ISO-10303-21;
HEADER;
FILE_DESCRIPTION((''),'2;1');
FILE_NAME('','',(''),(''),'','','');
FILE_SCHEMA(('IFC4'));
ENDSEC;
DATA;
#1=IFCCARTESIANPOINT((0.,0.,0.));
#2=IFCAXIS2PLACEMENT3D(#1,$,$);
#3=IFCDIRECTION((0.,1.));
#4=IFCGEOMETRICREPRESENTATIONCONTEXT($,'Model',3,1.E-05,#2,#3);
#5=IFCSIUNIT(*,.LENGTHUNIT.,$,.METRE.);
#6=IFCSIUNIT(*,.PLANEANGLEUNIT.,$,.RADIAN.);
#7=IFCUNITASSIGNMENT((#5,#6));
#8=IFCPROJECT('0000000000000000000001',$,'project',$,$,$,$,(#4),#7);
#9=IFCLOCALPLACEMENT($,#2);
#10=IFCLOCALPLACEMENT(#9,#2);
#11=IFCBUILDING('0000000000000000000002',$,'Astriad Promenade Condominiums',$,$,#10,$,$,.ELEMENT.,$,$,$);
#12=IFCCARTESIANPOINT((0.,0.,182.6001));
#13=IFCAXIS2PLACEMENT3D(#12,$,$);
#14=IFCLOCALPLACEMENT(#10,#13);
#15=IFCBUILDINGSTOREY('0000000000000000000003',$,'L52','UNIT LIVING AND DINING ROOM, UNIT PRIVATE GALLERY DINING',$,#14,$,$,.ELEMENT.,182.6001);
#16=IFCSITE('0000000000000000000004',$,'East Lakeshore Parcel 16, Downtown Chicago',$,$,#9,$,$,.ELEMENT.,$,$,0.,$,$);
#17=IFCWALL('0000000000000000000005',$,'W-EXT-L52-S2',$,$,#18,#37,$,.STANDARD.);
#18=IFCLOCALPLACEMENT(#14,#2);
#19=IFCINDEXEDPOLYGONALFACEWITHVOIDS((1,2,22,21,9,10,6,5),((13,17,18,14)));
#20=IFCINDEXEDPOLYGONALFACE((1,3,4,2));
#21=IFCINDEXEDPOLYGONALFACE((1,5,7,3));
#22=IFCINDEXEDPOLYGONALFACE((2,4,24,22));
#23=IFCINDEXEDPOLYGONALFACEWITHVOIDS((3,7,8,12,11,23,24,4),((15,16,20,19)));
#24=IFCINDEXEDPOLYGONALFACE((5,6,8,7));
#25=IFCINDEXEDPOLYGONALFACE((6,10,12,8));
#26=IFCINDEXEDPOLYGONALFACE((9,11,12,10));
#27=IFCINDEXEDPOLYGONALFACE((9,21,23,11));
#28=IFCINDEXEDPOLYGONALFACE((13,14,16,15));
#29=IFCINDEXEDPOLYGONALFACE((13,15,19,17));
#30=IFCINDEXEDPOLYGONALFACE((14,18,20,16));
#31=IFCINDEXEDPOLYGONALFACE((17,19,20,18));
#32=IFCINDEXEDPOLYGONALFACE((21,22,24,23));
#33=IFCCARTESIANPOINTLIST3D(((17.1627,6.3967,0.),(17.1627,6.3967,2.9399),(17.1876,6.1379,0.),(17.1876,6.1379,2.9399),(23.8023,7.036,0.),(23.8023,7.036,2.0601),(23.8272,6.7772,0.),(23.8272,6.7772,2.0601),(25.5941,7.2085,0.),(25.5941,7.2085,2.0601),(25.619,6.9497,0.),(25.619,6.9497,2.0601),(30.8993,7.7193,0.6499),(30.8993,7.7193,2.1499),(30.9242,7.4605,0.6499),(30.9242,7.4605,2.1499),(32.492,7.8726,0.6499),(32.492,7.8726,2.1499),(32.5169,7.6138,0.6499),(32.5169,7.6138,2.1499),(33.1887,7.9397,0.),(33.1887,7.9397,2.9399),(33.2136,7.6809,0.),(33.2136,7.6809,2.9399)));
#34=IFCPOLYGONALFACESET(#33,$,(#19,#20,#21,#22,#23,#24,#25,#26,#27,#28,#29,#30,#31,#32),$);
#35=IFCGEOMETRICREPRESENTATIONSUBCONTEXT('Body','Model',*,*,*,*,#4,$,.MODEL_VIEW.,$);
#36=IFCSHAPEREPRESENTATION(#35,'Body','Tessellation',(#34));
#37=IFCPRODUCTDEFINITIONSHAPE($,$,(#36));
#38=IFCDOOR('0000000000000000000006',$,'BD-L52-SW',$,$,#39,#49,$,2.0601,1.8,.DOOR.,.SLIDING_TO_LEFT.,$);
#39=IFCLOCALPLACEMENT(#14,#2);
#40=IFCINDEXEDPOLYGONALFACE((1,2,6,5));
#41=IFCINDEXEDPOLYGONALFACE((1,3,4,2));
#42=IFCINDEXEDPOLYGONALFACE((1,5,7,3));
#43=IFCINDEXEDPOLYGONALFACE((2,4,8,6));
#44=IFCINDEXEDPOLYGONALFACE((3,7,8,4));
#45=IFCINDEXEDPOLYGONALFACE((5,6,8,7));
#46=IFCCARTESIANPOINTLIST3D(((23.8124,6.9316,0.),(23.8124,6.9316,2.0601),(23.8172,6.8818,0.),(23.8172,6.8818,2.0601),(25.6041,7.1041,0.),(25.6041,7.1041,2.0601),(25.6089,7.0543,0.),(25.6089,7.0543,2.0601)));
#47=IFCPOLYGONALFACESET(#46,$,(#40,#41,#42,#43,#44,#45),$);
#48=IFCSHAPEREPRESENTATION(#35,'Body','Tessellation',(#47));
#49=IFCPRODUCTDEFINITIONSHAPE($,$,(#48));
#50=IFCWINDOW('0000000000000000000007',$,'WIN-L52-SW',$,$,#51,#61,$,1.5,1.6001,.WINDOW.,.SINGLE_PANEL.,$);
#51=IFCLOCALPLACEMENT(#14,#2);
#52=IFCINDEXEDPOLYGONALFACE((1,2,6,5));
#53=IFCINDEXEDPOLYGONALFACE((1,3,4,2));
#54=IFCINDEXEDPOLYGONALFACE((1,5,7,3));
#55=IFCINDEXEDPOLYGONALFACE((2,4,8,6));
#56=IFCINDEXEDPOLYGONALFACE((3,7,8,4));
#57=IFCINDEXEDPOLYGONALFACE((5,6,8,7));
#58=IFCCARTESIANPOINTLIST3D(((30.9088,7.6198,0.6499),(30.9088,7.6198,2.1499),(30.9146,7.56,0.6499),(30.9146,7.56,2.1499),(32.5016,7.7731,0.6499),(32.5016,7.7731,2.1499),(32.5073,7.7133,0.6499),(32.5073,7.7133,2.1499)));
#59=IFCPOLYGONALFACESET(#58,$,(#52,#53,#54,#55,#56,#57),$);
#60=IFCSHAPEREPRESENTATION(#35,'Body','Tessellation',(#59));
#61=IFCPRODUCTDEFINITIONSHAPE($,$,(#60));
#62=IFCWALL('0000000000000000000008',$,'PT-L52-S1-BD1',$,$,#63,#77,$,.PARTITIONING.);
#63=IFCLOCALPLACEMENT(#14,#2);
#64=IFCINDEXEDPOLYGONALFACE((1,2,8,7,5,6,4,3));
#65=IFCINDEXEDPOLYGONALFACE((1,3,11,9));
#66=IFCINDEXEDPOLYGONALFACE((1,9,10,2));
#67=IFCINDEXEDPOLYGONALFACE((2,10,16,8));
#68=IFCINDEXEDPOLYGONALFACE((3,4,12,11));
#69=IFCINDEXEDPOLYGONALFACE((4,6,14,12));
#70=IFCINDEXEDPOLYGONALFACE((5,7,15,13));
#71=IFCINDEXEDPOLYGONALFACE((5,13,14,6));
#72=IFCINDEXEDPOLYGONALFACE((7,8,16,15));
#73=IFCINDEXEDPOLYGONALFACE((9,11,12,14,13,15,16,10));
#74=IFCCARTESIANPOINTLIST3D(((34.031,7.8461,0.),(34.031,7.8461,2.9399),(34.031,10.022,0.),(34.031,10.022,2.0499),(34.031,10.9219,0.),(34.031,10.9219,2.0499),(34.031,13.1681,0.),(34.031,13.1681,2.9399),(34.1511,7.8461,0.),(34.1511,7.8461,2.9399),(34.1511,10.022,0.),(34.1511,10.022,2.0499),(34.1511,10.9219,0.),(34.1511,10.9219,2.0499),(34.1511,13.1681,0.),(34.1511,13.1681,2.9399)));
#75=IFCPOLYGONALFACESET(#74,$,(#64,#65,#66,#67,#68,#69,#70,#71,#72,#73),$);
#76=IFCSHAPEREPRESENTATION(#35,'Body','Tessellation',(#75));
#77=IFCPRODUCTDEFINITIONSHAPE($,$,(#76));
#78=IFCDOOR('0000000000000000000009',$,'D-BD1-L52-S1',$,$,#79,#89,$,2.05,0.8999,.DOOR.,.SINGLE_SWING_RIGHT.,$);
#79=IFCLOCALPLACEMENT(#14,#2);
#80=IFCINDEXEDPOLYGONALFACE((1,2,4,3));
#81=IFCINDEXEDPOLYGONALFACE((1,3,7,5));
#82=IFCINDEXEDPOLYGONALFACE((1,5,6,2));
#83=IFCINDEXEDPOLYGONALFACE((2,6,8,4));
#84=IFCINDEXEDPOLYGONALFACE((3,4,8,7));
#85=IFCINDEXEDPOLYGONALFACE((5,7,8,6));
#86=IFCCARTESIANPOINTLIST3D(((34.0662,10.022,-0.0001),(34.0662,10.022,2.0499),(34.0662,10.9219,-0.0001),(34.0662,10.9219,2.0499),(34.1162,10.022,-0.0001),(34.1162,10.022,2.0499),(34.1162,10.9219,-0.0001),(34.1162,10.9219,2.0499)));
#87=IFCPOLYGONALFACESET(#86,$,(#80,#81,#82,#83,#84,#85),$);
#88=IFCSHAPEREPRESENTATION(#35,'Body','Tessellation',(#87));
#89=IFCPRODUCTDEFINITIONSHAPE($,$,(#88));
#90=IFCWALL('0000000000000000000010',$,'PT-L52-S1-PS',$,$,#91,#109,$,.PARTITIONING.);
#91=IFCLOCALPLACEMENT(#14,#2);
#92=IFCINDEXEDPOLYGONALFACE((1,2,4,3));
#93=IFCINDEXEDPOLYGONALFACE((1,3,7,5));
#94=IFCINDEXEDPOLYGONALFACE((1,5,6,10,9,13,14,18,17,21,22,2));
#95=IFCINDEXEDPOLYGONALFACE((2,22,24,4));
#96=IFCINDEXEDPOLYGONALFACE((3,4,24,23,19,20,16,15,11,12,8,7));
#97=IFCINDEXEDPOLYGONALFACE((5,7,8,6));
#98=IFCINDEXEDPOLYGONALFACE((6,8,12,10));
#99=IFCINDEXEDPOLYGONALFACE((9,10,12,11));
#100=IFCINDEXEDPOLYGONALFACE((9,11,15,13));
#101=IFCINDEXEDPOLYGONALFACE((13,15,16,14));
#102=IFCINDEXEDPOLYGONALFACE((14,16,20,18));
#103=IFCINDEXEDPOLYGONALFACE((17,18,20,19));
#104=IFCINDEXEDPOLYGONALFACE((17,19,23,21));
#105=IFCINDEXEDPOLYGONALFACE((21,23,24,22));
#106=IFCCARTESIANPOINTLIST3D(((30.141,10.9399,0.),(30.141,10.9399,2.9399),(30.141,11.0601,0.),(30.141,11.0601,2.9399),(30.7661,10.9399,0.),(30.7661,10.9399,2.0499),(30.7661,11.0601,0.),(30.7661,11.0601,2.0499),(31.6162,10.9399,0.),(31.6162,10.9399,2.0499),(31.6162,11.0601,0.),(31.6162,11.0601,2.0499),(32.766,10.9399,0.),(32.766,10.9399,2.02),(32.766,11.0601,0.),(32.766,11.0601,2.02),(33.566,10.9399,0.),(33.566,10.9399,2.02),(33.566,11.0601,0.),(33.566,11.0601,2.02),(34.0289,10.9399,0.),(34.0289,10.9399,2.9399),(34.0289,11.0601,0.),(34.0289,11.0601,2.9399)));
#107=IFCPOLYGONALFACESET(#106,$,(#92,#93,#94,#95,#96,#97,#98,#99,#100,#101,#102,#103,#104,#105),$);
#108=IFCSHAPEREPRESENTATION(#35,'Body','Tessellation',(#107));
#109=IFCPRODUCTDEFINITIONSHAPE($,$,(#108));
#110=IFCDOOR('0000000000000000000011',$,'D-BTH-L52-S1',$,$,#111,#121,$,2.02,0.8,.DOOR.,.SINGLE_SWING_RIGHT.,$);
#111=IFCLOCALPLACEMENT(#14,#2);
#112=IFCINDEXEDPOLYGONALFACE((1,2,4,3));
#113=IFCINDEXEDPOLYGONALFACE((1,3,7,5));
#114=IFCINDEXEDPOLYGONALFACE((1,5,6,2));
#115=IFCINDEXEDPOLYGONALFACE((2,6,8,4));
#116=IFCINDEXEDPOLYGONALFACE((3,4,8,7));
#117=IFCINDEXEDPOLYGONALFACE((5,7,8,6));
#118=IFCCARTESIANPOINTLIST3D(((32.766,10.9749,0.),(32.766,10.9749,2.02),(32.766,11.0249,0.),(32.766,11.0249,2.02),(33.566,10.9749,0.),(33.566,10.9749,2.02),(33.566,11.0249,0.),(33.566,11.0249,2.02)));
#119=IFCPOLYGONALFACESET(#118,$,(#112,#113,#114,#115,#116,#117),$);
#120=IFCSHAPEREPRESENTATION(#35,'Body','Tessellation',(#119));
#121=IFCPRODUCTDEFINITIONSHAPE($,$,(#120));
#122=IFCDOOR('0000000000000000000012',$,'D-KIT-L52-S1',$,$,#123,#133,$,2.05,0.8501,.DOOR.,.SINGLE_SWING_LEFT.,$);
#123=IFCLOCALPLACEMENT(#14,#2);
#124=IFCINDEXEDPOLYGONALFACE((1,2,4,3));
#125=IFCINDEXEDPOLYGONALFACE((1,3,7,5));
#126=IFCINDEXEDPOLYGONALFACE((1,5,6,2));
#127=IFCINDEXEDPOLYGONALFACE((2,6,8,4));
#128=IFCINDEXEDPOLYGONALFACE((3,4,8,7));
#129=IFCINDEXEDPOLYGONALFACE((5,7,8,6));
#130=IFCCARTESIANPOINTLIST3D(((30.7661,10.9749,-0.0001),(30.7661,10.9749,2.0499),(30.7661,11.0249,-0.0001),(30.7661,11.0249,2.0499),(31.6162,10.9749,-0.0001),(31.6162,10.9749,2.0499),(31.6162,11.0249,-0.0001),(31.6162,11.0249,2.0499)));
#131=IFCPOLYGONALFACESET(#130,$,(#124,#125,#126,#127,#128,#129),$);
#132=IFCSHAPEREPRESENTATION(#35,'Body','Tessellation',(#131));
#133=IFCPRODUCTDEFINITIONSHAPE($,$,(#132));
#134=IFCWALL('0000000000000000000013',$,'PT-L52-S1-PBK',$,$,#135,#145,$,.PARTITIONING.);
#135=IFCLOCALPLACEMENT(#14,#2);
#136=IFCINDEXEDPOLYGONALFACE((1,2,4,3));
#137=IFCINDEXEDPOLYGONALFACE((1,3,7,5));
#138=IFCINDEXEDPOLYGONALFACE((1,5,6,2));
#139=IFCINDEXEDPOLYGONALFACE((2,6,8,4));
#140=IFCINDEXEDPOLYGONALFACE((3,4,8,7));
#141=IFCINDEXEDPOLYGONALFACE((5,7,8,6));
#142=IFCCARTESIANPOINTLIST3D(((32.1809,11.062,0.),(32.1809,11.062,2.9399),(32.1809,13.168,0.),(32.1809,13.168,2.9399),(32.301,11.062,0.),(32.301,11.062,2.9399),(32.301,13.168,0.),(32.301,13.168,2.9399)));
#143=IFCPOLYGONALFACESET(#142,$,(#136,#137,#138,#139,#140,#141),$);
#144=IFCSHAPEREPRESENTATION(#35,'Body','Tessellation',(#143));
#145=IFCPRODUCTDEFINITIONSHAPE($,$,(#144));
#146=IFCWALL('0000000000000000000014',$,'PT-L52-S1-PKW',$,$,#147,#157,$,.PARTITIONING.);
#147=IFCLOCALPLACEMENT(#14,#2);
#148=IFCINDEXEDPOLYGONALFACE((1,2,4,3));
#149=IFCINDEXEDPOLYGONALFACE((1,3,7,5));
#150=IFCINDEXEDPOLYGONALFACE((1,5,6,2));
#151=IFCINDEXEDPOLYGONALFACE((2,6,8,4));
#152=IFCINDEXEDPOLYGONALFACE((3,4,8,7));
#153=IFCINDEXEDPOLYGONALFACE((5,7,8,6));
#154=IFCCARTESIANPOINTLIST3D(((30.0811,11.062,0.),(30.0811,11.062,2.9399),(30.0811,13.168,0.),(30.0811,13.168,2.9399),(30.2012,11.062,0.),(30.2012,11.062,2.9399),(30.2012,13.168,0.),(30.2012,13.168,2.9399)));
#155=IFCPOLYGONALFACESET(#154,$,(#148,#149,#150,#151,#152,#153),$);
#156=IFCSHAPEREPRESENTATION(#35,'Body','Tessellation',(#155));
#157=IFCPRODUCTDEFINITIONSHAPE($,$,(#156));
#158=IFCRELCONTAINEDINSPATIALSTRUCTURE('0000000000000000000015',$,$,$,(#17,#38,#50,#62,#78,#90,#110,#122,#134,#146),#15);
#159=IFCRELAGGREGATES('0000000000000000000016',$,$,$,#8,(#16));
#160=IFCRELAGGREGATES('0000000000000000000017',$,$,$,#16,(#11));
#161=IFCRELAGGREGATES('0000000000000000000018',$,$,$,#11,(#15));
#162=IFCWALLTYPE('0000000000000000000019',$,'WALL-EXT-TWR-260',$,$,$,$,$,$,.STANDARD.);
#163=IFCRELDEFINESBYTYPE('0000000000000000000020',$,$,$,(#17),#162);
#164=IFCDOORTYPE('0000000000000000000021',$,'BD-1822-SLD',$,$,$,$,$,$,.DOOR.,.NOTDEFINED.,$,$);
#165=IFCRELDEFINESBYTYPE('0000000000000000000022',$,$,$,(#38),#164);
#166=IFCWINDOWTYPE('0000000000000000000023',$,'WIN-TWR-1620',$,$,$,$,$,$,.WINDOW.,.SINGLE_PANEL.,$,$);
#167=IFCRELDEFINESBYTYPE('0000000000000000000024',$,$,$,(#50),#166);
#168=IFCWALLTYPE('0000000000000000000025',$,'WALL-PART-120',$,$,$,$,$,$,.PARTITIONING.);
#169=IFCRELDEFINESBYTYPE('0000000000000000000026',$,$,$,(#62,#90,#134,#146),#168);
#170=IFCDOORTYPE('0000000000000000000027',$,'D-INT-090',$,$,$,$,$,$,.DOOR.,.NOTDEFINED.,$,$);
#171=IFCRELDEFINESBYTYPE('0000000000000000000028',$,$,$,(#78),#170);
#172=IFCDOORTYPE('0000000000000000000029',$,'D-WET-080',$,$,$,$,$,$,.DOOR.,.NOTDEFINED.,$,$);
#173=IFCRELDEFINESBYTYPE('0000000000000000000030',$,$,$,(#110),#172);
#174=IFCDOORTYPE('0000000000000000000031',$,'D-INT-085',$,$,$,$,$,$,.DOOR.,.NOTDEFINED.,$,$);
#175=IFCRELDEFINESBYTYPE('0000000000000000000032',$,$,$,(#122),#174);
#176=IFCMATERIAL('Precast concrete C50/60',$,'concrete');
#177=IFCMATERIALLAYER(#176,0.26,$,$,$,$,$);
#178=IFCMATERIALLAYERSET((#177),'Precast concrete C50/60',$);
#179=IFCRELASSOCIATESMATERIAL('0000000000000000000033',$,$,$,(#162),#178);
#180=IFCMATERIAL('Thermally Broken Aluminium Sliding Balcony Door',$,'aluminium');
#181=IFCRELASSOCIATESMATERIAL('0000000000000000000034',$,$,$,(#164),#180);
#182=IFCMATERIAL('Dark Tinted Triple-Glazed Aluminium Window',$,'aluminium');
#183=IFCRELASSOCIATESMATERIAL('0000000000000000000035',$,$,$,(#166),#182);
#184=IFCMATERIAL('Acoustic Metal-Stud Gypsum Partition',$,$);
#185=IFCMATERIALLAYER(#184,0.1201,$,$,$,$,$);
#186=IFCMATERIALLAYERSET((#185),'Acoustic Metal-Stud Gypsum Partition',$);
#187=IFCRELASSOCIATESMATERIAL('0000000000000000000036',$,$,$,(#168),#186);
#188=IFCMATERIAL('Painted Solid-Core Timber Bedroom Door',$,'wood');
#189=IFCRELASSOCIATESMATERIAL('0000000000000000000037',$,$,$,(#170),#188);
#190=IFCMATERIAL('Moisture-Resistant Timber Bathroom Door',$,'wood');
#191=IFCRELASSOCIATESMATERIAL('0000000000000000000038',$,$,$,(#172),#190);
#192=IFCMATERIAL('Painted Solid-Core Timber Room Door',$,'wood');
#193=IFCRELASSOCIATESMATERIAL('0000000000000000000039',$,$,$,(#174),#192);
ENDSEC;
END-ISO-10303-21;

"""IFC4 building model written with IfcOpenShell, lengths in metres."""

from ifc_helpers import new_model, si_unit, direction, frame, frame_2d, origin, place, context, subcontext, project, spatial, rectangle, extrude, source, transform, mapped, material, layer, layer_set, type_object, type_shapes, element, fill, save


model = new_model("IFC4")

# Units and contexts
model_context = context("Model", 3, precision=1e-05, world=origin(), true_north=direction((0.0, 1.0)))
body_context = subcontext(model_context, "Body", "Model", "MODEL_VIEW")
ifc_project = project(units=[si_unit("LENGTHUNIT", "METRE"), si_unit("PLANEANGLEUNIT", "RADIAN")], contexts=[model_context])

# Site, building, storey
site_placement = place(None, origin())
site = spatial("IfcSite", under=ifc_project, at=site_placement, Name="East Lakeshore Parcel 16, Downtown Chicago", CompositionType="ELEMENT", RefElevation=0.0)
building_placement = place(site_placement, origin())
building = spatial("IfcBuilding", under=site, at=building_placement, Name="Astriad Promenade Condominiums", CompositionType="ELEMENT")
storey_placement = place(building_placement, frame((0.0, 0.0, 182.6001)))
storey = spatial("IfcBuildingStorey", under=building, at=storey_placement, Name="L52", Description="UNIT LIVING AND DINING ROOM, UNIT PRIVATE GALLERY DINING", CompositionType="ELEMENT", Elevation=182.6001)

# Wall, openings, door, window
ifc_material_1 = material(Name="Precast concrete C50/60", Category="concrete")
ifc_layer_1 = layer(ifc_material_1, 0.26)
ifc_layer_set_1 = layer_set([ifc_layer_1], Name="Precast concrete C50/60")
wall_type_1 = type_object("IfcWallType", Name="WALL-EXT-TWR-260", PredefinedType="STANDARD", material=ifc_layer_set_1)
wall_1_placement = place(storey_placement, frame((33.2012, 7.8103, 0.0), z_axis=(0.0, 0.0, 1.0), x_axis=(-0.995397, -0.095837, 0.0)))
wall_1 = element("IfcWall", 1, at=wall_1_placement, inside=storey, type_object=wall_type_1, Name="W-EXT-L52-S2", PredefinedType="STANDARD", context=body_context, shape_type="SweptSolid", body=[
    extrude(rectangle(XDim=16.1001, YDim=0.26, at=frame_2d((8.05, 0.0))), origin(), (0.0, 0.0, 1.0), 2.9399),
])
opening_1_placement = place(wall_1_placement, frame((7.6299, 0.0, 0.0)))
opening_1 = element("IfcOpeningElement", 2, at=opening_1_placement, cuts=wall_1, PredefinedType="OPENING", context=body_context, shape_type="SweptSolid", body=[
    extrude(rectangle(XDim=1.8, YDim=2.0601, at=frame_2d((0.8999, 1.03))), frame((0.0, 0.1399, 0.0), z_axis=(0.0, -1.0, 0.0), x_axis=(1.0, 0.0, 0.0)), (0.0, 0.0, 1.0), 0.28),
])
opening_2_placement = place(wall_1_placement, frame((0.7, 0.0, 0.6499)))
opening_2 = element("IfcOpeningElement", 3, at=opening_2_placement, cuts=wall_1, PredefinedType="OPENING", context=body_context, shape_type="SweptSolid", body=[
    extrude(rectangle(XDim=1.6001, YDim=1.5, at=frame_2d((0.8, 0.75))), frame((0.0, 0.1399, 0.0), z_axis=(0.0, -1.0, 0.0), x_axis=(1.0, 0.0, 0.0)), (0.0, 0.0, 1.0), 0.28),
])
ifc_material_2 = material(Name="Thermally Broken Aluminium Sliding Balcony Door", Category="aluminium")
door_type_1 = type_object("IfcDoorType", Name="BD-1822-SLD", OperationType="NOTDEFINED", PredefinedType="DOOR", material=ifc_material_2)
shared_shape_1 = source(origin(), body_context, "Body", "SweptSolid", [
    extrude(rectangle(XDim=1.8, YDim=2.0601, at=frame_2d((0.8999, 1.03))), frame((0.0, 0.0249, 0.0), z_axis=(0.0, -1.0, 0.0), x_axis=(1.0, 0.0, 0.0)), (0.0, 0.0, 1.0), 0.05),
])
type_shapes(door_type_1, [shared_shape_1])
door_1_placement = place(opening_1_placement, origin())
door_1 = element("IfcDoor", 4, at=door_1_placement, inside=storey, type_object=door_type_1, Name="BD-L52-SW", OperationType="SLIDING_TO_LEFT", OverallHeight=2.0601, OverallWidth=1.8, PredefinedType="DOOR", context=body_context, shape_type="MappedRepresentation", body=[
    mapped(shared_shape_1, transform((0.0, 0.0, 0.0), scale=1.0)),
])
fill(opening_1, door_1)
ifc_material_3 = material(Name="Dark Tinted Triple-Glazed Aluminium Window", Category="aluminium")
window_type = type_object("IfcWindowType", Name="WIN-TWR-1620", PartitioningType="SINGLE_PANEL", PredefinedType="WINDOW", material=ifc_material_3)
shared_shape_2 = source(origin(), body_context, "Body", "SweptSolid", [
    extrude(rectangle(XDim=1.6001, YDim=1.5, at=frame_2d((0.8, 0.75))), frame((0.0, 0.03, 0.0), z_axis=(0.0, -1.0, 0.0), x_axis=(1.0, 0.0, 0.0)), (0.0, 0.0, 1.0), 0.0601),
])
type_shapes(window_type, [shared_shape_2])
window_placement = place(opening_2_placement, origin())
window = element("IfcWindow", 5, at=window_placement, inside=storey, type_object=window_type, Name="WIN-L52-SW", OverallHeight=1.5, OverallWidth=1.6001, PartitioningType="SINGLE_PANEL", PredefinedType="WINDOW", context=body_context, shape_type="MappedRepresentation", body=[
    mapped(shared_shape_2, transform((0.0, 0.0, 0.0), scale=1.0)),
])
fill(opening_2, window)

# Wall, opening, door
ifc_material_4 = material(Name="Acoustic Metal-Stud Gypsum Partition")
ifc_layer_2 = layer(ifc_material_4, 0.1201)
ifc_layer_set_2 = layer_set([ifc_layer_2], Name="Acoustic Metal-Stud Gypsum Partition")
wall_type_2 = type_object("IfcWallType", Name="WALL-PART-120", PredefinedType="PARTITIONING", material=ifc_layer_set_2)
wall_2_placement = place(storey_placement, frame((34.0911, 7.8459, 0.0), z_axis=(0.0, 0.0, 1.0), x_axis=(0.0, 1.0, 0.0)))
wall_2 = element("IfcWall", 6, at=wall_2_placement, inside=storey, type_object=wall_type_2, Name="PT-L52-S1-BD1", PredefinedType="PARTITIONING", context=body_context, shape_type="SweptSolid", body=[
    extrude(rectangle(XDim=5.322, YDim=0.1201, at=frame_2d((2.6611, 0.0))), origin(), (0.0, 0.0, 1.0), 2.9399),
])
opening_3_placement = place(wall_2_placement, frame((2.176, 0.0, 0.0)))
opening_3 = element("IfcOpeningElement", 7, at=opening_3_placement, cuts=wall_2, PredefinedType="OPENING", context=body_context, shape_type="SweptSolid", body=[
    extrude(rectangle(XDim=0.8999, YDim=2.05, at=frame_2d((0.45, 1.0249))), frame((0.0, 0.0701, 0.0), z_axis=(0.0, -1.0, 0.0), x_axis=(1.0, 0.0, 0.0)), (0.0, 0.0, 1.0), 0.1401),
])
ifc_material_5 = material(Name="Painted Solid-Core Timber Bedroom Door", Category="wood")
door_type_2 = type_object("IfcDoorType", Name="D-INT-090", OperationType="NOTDEFINED", PredefinedType="DOOR", material=ifc_material_5)
shared_shape_3 = source(origin(), body_context, "Body", "SweptSolid", [
    extrude(rectangle(XDim=0.8999, YDim=2.05, at=frame_2d((0.45, 1.0249))), frame((0.0, 0.0249, 0.0), z_axis=(0.0, -1.0, 0.0), x_axis=(1.0, 0.0, 0.0)), (0.0, 0.0, 1.0), 0.05),
])
type_shapes(door_type_2, [shared_shape_3])
door_2_placement = place(opening_3_placement, origin())
door_2 = element("IfcDoor", 8, at=door_2_placement, inside=storey, type_object=door_type_2, Name="D-BD1-L52-S1", OperationType="SINGLE_SWING_RIGHT", OverallHeight=2.05, OverallWidth=0.8999, PredefinedType="DOOR", context=body_context, shape_type="MappedRepresentation", body=[
    mapped(shared_shape_3, transform((0.0, 0.0, 0.0), scale=1.0)),
])
fill(opening_3, door_2)

# Wall, openings, doors
wall_3_placement = place(storey_placement, frame((30.1411, 11.0, 0.0), z_axis=(0.0, 0.0, 1.0), x_axis=(1.0, 0.0, 0.0)))
wall_3 = element("IfcWall", 9, at=wall_3_placement, inside=storey, type_object=wall_type_2, Name="PT-L52-S1-PS", PredefinedType="PARTITIONING", context=body_context, shape_type="SweptSolid", body=[
    extrude(rectangle(XDim=3.8879, YDim=0.1201, at=frame_2d((1.9438, 0.0))), origin(), (0.0, 0.0, 1.0), 2.9399),
])
opening_4_placement = place(wall_3_placement, frame((0.625, 0.0, 0.0)))
opening_4 = element("IfcOpeningElement", 10, at=opening_4_placement, cuts=wall_3, PredefinedType="OPENING", context=body_context, shape_type="SweptSolid", body=[
    extrude(rectangle(XDim=0.8501, YDim=2.05, at=frame_2d((0.425, 1.0249))), frame((0.0, 0.0701, 0.0), z_axis=(0.0, -1.0, 0.0), x_axis=(1.0, 0.0, 0.0)), (0.0, 0.0, 1.0), 0.1401),
])
opening_5_placement = place(wall_3_placement, frame((2.625, 0.0, 0.0)))
opening_5 = element("IfcOpeningElement", 11, at=opening_5_placement, cuts=wall_3, PredefinedType="OPENING", context=body_context, shape_type="SweptSolid", body=[
    extrude(rectangle(XDim=0.8, YDim=2.02, at=frame_2d((0.3999, 1.01))), frame((0.0, 0.0701, 0.0), z_axis=(0.0, -1.0, 0.0), x_axis=(1.0, 0.0, 0.0)), (0.0, 0.0, 1.0), 0.1401),
])
ifc_material_6 = material(Name="Moisture-Resistant Timber Bathroom Door", Category="wood")
door_type_3 = type_object("IfcDoorType", Name="D-WET-080", OperationType="NOTDEFINED", PredefinedType="DOOR", material=ifc_material_6)
shared_shape_4 = source(origin(), body_context, "Body", "SweptSolid", [
    extrude(rectangle(XDim=0.8, YDim=2.02, at=frame_2d((0.3999, 1.01))), frame((0.0, 0.0249, 0.0), z_axis=(0.0, -1.0, 0.0), x_axis=(1.0, 0.0, 0.0)), (0.0, 0.0, 1.0), 0.05),
])
type_shapes(door_type_3, [shared_shape_4])
door_3_placement = place(opening_5_placement, origin())
door_3 = element("IfcDoor", 12, at=door_3_placement, inside=storey, type_object=door_type_3, Name="D-BTH-L52-S1", OperationType="SINGLE_SWING_RIGHT", OverallHeight=2.02, OverallWidth=0.8, PredefinedType="DOOR", context=body_context, shape_type="MappedRepresentation", body=[
    mapped(shared_shape_4, transform((0.0, 0.0, 0.0), scale=1.0)),
])
fill(opening_5, door_3)
ifc_material_7 = material(Name="Painted Solid-Core Timber Room Door", Category="wood")
door_type_4 = type_object("IfcDoorType", Name="D-INT-085", OperationType="NOTDEFINED", PredefinedType="DOOR", material=ifc_material_7)
shared_shape_5 = source(origin(), body_context, "Body", "SweptSolid", [
    extrude(rectangle(XDim=0.8501, YDim=2.05, at=frame_2d((0.425, 1.0249))), frame((0.0, 0.0249, 0.0), z_axis=(0.0, -1.0, 0.0), x_axis=(1.0, 0.0, 0.0)), (0.0, 0.0, 1.0), 0.05),
])
type_shapes(door_type_4, [shared_shape_5])
door_4_placement = place(opening_4_placement, origin())
door_4 = element("IfcDoor", 13, at=door_4_placement, inside=storey, type_object=door_type_4, Name="D-KIT-L52-S1", OperationType="SINGLE_SWING_LEFT", OverallHeight=2.05, OverallWidth=0.8501, PredefinedType="DOOR", context=body_context, shape_type="MappedRepresentation", body=[
    mapped(shared_shape_5, transform((0.0, 0.0, 0.0), scale=1.0)),
])
fill(opening_4, door_4)

# Walls
for number, where, z_axis, x_axis, name in (
    (14, (32.241, 11.062, 0.0), (0.0, 0.0, 1.0), (0.0, 1.0, 0.0), "PT-L52-S1-PBK"),
    (15, (30.1411, 11.062, 0.0), (0.0, 0.0, 1.0), (0.0, 1.0, 0.0), "PT-L52-S1-PKW"),
):
    element("IfcWall", number, at=place(storey_placement, frame(where, z_axis=z_axis, x_axis=x_axis)), inside=storey, type_object=wall_type_2, Name=name, PredefinedType="PARTITIONING", context=body_context, shape_type="SweptSolid", body=[
        extrude(rectangle(XDim=2.106, YDim=0.1201, at=frame_2d((1.053, 0.0))), origin(), (0.0, 0.0, 1.0), 2.9399),
    ])

save(model, "model.ifc")
